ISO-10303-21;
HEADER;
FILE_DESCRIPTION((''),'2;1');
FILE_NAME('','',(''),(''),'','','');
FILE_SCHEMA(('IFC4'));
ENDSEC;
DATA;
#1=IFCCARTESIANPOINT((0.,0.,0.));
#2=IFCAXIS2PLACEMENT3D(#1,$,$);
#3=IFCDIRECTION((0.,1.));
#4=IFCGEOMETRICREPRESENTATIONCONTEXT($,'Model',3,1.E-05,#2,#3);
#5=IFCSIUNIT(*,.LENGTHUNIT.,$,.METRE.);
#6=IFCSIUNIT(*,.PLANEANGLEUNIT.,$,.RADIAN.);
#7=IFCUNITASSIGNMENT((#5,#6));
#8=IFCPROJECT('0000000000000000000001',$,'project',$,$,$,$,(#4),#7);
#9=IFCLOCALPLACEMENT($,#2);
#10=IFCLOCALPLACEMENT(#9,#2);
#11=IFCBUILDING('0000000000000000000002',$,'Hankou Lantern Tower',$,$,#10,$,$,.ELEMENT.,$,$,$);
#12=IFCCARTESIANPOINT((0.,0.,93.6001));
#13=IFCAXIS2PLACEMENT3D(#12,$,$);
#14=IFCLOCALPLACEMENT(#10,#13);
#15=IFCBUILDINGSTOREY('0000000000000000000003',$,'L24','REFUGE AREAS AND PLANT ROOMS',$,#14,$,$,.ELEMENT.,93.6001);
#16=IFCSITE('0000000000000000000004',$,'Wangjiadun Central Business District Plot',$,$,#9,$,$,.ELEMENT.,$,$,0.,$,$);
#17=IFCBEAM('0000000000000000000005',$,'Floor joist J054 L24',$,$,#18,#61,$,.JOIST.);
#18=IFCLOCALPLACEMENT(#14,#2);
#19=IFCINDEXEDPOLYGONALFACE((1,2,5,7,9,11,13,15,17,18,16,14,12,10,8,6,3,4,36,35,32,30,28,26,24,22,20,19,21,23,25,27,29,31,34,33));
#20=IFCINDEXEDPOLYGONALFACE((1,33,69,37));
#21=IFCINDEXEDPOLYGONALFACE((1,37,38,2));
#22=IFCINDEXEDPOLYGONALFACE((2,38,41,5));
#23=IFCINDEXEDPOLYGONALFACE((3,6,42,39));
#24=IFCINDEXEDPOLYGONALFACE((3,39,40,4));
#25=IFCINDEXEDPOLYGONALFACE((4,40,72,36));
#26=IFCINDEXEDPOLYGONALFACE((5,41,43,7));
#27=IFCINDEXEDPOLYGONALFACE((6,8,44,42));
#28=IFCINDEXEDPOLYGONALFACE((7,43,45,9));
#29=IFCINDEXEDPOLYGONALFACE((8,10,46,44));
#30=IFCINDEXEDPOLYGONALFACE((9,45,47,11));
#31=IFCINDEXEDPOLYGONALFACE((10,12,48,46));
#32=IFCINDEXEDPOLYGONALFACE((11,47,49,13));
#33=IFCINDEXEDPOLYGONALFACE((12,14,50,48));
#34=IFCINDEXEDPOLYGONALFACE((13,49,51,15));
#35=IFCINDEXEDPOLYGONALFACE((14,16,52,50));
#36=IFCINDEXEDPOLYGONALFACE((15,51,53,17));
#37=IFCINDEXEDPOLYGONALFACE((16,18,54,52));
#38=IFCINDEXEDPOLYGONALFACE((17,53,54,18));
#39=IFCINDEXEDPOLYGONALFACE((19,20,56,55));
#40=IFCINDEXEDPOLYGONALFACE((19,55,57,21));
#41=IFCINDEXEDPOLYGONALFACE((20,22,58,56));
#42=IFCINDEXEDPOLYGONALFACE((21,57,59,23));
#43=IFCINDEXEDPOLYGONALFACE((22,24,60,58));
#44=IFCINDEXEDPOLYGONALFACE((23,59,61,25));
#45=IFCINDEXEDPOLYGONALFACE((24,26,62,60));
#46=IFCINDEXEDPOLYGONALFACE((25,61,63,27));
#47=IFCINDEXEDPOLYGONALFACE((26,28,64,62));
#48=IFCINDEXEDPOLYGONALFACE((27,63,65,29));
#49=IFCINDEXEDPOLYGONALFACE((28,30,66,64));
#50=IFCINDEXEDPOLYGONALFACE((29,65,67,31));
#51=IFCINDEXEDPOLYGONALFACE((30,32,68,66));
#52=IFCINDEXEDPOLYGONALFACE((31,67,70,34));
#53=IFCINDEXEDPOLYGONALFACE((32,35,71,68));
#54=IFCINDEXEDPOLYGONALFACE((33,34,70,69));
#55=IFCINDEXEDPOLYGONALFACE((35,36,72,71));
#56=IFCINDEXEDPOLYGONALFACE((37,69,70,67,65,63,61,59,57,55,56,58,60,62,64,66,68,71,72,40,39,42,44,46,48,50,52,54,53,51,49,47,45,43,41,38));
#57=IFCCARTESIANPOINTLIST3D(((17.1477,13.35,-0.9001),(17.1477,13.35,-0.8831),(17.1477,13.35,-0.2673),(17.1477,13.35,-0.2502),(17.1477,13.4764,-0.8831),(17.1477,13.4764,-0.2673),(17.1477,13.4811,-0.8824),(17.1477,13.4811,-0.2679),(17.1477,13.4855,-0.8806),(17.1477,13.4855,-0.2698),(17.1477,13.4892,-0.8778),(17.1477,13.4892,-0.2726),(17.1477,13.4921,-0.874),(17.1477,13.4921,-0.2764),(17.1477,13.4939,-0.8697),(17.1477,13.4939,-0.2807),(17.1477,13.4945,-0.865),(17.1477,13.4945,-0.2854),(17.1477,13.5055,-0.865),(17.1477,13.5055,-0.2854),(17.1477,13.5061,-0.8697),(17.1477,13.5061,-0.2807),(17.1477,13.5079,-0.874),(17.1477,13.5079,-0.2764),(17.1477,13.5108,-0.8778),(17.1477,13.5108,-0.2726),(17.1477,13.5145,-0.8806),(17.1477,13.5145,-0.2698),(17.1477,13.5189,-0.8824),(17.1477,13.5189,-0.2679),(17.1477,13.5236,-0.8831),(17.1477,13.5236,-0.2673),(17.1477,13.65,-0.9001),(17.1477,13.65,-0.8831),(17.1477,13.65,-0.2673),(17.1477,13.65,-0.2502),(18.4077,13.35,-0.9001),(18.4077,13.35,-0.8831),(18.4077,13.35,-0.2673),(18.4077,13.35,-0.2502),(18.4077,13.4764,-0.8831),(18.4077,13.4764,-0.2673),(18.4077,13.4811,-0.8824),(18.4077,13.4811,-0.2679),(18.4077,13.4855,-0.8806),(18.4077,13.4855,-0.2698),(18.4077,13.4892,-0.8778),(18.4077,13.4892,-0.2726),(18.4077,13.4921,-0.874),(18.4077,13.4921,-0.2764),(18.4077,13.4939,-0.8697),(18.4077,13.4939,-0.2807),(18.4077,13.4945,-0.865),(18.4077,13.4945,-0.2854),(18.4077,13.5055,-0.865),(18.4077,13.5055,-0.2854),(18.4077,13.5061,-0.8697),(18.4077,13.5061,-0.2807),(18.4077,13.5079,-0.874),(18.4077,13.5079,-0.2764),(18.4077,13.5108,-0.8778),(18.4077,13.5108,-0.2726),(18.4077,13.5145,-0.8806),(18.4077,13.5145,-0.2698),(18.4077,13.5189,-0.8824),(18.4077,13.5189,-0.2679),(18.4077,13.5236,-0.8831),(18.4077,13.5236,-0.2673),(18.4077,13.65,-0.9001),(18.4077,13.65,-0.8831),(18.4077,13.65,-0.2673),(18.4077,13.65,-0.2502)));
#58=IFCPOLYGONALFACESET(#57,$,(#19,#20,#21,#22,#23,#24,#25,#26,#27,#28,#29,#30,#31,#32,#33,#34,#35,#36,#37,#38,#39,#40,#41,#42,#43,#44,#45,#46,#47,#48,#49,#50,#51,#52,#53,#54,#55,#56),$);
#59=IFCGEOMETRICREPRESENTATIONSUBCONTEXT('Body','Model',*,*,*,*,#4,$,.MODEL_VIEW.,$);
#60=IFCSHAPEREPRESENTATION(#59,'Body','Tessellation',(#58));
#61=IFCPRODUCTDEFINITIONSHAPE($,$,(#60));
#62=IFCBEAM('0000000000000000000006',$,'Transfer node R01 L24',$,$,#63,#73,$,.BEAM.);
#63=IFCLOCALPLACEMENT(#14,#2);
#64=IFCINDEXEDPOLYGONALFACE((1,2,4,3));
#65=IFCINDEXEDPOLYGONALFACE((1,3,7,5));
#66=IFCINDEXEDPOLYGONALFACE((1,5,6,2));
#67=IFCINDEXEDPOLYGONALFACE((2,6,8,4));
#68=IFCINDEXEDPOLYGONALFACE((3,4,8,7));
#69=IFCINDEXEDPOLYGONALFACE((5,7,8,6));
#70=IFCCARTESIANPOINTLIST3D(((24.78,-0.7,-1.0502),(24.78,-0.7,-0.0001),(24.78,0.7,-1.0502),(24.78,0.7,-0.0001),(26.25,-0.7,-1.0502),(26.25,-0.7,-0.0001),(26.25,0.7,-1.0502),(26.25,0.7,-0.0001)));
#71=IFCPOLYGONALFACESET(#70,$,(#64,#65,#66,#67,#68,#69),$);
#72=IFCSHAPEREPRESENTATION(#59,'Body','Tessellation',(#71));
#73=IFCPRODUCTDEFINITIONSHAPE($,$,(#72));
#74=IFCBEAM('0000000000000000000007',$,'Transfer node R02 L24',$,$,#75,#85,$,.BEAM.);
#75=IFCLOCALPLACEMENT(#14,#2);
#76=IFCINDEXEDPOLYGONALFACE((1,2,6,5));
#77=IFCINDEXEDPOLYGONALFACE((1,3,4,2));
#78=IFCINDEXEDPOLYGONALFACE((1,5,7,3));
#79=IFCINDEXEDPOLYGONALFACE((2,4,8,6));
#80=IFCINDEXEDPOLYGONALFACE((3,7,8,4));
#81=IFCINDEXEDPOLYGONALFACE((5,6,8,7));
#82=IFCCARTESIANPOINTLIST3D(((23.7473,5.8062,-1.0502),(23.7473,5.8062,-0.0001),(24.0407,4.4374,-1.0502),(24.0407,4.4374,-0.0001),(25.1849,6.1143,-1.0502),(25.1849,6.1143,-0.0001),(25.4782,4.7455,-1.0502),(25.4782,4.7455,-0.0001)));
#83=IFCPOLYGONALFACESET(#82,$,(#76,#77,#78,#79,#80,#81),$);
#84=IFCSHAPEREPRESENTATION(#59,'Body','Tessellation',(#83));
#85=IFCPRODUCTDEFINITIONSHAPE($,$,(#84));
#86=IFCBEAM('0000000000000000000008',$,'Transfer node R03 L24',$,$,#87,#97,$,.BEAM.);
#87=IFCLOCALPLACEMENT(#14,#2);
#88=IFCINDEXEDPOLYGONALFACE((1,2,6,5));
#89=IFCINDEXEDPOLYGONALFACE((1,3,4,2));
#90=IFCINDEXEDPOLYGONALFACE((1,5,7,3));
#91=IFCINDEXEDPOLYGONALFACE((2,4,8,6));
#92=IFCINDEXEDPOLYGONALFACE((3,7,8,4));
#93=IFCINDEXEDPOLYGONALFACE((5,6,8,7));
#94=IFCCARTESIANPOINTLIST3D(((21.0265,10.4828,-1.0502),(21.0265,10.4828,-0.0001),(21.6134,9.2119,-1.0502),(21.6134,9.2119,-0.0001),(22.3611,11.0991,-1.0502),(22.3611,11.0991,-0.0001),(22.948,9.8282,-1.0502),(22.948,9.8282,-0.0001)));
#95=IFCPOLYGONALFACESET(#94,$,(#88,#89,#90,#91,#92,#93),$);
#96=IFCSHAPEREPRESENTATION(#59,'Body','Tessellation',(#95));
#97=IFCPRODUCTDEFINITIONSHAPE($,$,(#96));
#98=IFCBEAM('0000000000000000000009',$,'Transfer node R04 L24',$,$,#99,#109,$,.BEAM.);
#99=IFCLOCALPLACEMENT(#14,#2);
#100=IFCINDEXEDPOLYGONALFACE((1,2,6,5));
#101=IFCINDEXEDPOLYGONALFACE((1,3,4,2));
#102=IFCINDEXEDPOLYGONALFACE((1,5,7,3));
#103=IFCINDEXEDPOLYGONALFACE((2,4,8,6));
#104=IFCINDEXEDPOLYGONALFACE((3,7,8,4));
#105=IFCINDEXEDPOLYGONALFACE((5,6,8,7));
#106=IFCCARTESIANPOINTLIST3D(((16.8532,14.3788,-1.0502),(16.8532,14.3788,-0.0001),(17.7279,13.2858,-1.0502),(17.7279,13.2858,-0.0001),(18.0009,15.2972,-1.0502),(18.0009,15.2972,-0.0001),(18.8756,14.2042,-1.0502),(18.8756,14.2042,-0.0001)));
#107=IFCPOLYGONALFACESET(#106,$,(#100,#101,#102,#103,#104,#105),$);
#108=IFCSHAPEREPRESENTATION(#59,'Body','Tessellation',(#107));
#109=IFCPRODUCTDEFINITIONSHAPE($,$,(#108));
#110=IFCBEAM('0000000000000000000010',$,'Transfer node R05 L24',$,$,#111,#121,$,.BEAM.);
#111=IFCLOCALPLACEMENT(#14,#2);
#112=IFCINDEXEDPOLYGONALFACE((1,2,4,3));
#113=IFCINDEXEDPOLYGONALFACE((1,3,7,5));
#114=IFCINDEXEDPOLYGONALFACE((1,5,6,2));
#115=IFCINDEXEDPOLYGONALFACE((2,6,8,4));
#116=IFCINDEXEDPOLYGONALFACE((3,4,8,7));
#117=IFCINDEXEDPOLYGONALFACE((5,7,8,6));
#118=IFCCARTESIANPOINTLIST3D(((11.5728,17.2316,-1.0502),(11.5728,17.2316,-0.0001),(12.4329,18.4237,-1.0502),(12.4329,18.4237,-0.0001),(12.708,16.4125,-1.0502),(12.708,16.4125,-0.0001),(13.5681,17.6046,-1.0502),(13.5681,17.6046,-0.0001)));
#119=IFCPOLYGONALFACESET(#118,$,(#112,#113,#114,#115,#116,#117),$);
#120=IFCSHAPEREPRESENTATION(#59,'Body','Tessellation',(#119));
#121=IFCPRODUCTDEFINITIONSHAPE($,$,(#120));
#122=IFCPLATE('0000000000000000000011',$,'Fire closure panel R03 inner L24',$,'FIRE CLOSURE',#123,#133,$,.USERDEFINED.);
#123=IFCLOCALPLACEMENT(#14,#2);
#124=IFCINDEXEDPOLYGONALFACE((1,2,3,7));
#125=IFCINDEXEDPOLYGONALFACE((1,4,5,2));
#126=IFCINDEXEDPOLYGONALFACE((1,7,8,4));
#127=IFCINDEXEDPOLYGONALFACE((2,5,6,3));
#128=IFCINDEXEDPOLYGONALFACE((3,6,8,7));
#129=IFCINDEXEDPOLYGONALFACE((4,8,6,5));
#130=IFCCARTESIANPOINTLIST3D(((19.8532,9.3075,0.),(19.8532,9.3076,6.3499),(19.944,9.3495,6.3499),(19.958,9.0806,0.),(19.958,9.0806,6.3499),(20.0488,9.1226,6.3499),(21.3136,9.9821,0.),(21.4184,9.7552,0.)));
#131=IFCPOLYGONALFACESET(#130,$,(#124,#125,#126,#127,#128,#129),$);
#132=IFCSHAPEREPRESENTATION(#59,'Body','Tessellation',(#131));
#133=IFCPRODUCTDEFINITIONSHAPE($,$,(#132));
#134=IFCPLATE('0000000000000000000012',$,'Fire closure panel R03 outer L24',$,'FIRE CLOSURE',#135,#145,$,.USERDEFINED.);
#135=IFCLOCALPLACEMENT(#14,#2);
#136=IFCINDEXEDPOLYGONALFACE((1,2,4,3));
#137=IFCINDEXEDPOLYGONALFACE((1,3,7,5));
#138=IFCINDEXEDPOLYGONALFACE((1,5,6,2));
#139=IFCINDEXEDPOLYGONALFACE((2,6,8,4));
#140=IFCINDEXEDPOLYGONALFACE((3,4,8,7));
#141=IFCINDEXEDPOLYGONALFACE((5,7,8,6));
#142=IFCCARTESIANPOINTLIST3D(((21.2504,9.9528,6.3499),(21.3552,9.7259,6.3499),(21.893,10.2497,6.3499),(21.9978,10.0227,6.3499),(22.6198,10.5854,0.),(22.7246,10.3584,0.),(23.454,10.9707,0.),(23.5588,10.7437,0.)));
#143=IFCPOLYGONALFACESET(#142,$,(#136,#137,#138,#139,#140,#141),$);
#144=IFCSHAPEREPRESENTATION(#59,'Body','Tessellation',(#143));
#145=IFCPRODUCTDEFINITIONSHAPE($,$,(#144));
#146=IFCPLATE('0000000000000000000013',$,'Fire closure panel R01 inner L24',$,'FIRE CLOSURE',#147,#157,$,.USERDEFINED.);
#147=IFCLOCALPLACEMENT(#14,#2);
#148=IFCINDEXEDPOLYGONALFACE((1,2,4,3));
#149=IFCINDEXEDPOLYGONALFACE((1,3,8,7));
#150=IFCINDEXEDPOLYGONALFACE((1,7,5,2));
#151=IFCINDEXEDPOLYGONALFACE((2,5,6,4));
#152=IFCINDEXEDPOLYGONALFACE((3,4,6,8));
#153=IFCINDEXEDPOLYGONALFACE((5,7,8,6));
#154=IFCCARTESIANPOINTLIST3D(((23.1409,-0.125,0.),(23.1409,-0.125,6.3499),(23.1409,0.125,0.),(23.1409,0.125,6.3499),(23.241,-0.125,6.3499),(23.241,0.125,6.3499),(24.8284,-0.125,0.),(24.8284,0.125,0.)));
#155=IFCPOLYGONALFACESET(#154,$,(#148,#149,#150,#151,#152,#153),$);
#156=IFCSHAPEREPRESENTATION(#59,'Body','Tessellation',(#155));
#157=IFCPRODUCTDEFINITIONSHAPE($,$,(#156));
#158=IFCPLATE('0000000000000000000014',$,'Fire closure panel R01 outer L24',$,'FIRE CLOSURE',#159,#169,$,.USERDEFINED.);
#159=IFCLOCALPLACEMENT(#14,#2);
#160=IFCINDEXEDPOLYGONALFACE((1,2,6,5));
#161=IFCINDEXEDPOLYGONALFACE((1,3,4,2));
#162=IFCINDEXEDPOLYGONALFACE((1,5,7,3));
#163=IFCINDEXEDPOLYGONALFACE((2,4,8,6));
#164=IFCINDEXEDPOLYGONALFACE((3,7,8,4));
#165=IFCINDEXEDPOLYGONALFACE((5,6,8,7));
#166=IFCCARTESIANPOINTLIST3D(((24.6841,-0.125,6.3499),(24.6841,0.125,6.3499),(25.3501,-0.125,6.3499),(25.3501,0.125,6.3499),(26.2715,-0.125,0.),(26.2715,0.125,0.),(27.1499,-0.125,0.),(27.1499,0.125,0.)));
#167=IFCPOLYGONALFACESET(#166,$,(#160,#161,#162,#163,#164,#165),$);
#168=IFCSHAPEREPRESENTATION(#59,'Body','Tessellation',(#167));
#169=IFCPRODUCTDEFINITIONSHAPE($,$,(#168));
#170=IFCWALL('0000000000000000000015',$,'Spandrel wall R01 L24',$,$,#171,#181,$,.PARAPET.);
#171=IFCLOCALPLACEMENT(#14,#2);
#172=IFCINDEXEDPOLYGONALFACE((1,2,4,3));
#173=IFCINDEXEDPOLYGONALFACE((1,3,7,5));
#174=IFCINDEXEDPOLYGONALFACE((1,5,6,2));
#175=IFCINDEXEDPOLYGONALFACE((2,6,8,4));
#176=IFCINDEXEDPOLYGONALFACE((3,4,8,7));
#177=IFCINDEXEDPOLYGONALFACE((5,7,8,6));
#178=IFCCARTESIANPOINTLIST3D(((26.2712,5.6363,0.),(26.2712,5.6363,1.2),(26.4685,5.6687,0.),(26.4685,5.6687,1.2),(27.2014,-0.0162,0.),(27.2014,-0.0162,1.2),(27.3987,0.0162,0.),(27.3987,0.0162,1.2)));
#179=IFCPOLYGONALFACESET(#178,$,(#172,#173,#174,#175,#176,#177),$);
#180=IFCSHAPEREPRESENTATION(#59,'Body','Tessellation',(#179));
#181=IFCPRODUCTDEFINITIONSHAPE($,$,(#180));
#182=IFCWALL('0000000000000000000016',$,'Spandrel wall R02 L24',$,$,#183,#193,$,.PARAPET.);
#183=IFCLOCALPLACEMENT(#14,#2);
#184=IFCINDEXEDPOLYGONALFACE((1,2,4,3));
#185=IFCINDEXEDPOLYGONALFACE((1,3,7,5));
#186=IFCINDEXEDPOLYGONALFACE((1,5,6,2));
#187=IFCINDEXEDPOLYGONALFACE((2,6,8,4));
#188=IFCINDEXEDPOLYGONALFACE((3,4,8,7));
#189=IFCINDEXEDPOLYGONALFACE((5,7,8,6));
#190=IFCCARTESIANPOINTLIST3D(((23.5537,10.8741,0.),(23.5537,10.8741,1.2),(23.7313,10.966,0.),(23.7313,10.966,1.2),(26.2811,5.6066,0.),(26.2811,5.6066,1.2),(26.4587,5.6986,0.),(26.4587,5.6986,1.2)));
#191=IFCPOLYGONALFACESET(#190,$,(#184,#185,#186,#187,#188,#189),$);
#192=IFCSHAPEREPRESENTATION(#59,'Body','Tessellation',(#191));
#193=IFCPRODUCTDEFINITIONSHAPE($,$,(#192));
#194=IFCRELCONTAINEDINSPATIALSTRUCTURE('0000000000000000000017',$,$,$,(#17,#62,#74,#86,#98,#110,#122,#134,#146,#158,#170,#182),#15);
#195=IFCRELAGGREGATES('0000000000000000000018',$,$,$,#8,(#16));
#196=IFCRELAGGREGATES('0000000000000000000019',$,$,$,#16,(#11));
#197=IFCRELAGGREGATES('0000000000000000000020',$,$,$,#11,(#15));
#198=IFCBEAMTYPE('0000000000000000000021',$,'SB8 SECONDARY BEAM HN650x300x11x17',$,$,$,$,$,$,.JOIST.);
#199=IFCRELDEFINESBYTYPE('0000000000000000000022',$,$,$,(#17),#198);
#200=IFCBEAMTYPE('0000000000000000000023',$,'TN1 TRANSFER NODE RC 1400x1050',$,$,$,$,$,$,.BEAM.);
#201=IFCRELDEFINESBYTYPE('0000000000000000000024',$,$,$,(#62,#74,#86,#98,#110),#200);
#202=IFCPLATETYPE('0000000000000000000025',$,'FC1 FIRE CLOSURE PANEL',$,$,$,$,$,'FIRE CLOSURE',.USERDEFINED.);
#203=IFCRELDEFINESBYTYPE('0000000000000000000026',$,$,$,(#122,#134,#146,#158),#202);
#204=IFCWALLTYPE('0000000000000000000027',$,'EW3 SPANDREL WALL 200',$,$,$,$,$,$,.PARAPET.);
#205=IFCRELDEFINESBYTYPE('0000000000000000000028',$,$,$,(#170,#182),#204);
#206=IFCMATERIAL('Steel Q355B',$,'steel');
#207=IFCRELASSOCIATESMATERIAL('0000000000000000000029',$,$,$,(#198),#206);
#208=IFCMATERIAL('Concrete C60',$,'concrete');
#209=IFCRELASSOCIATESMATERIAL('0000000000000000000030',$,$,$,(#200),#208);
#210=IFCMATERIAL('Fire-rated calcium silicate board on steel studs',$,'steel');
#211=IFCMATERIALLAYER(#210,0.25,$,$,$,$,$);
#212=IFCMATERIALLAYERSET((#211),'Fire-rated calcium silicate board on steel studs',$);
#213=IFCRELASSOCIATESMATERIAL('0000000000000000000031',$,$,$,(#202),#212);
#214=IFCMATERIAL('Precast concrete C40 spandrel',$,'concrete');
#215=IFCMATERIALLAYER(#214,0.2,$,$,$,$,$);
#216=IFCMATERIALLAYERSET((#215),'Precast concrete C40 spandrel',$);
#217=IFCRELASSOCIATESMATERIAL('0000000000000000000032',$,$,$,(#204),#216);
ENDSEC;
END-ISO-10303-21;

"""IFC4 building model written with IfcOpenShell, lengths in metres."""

from ifc_helpers import new_model, si_unit, direction, frame, frame_2d, origin, origin_2d, place, context, subcontext, project, spatial, polyline, rectangle, i_section, outline, extrude, material, layer, layer_set, material_profile, profile_set, type_object, element, save


model = new_model("IFC4")

# Units and contexts
model_context = context("Model", 3, precision=1e-05, world=origin(), true_north=direction((0.0, 1.0)))
body_context = subcontext(model_context, "Body", "Model", "MODEL_VIEW")
ifc_project = project(units=[si_unit("LENGTHUNIT", "METRE"), si_unit("PLANEANGLEUNIT", "RADIAN")], contexts=[model_context])

# Site, building, storey
site_placement = place(None, origin())
site = spatial("IfcSite", under=ifc_project, at=site_placement, Name="Wangjiadun Central Business District Plot", CompositionType="ELEMENT", RefElevation=0.0)
building_placement = place(site_placement, origin())
building = spatial("IfcBuilding", under=site, at=building_placement, Name="Hankou Lantern Tower", CompositionType="ELEMENT")
storey_placement = place(building_placement, frame((0.0, 0.0, 93.6001)))
storey = spatial("IfcBuildingStorey", under=building, at=storey_placement, Name="L24", Description="REFUGE AREAS AND PLANT ROOMS", CompositionType="ELEMENT", Elevation=93.6001)

# Beams
ifc_material_1 = material(Name="Steel Q355B", Category="steel")
ifc_material_profile_1 = material_profile(ifc_material_1, i_section(OverallWidth=0.3, OverallDepth=0.6499, WebThickness=0.011, FlangeThickness=0.0171, FilletRadius=0.0181, at=origin_2d()), Name="HN650x300x11x17")
ifc_profile_set_1 = profile_set([ifc_material_profile_1], Name="Steel Q355B")
beam_type_1 = type_object("IfcBeamType", Name="SB8 SECONDARY BEAM HN650x300x11x17", PredefinedType="JOIST", material=ifc_profile_set_1)
beam_1_placement = place(storey_placement, frame((17.1477, 13.5, -0.5752), z_axis=(1.0, 0.0, 0.0), x_axis=(0.0, 1.0, 0.0)))
element("IfcBeam", 1, at=beam_1_placement, inside=storey, type_object=beam_type_1, Name="Floor joist J054 L24", PredefinedType="JOIST", context=body_context, shape_type="SweptSolid", body=[
    extrude(i_section(OverallWidth=0.3, OverallDepth=0.6499, WebThickness=0.011, FlangeThickness=0.0171, FilletRadius=0.0181, at=origin_2d()), origin(), (0.0, 0.0, 1.0), 1.26),
])
ifc_material_2 = material(Name="Concrete C60", Category="concrete")
ifc_material_profile_2 = material_profile(ifc_material_2, rectangle(XDim=1.3999, YDim=1.05, at=origin_2d()), Name="RC 1400x1050")
ifc_profile_set_2 = profile_set([ifc_material_profile_2], Name="Concrete C60")
beam_type_2 = type_object("IfcBeamType", Name="TN1 TRANSFER NODE RC 1400x1050", PredefinedType="BEAM", material=ifc_profile_set_2)
beam_2_placement = place(storey_placement, frame((26.25, 0.0, -0.5251), z_axis=(-1.0, 0.0, 0.0), x_axis=(0.0, -1.0, 0.0)))
element("IfcBeam", 2, at=beam_2_placement, inside=storey, type_object=beam_type_2, Name="Transfer node R01 L24", PredefinedType="BEAM", context=body_context, shape_type="SweptSolid", body=[
    extrude(rectangle(XDim=1.3999, YDim=1.05, at=origin_2d()), origin(), (0.0, 0.0, 1.0), 1.47),
])
beam_3_placement = place(storey_placement, frame((25.3315, 5.4299, -0.5251), z_axis=(-0.977793, -0.209574, 0.0), x_axis=(0.209574, -0.977793, 0.0)))
element("IfcBeam", 3, at=beam_3_placement, inside=storey, type_object=beam_type_2, Name="Transfer node R02 L24", PredefinedType="BEAM", context=body_context, shape_type="SweptSolid", body=[
    extrude(rectangle(XDim=1.3999, YDim=1.05, at=origin_2d()), origin(), (0.0, 0.0, 1.0), 1.4702),
])
for number, where, z_axis, x_axis, name in (
    (4, (22.6545, 10.4636, -0.5251), (-0.907882, -0.419227, 0.0), (0.419227, -0.907882, 0.0), "Transfer node R03 L24"),
    (5, (18.4382, 14.7507, -0.5251), (-0.780772, -0.624817, 0.0), (0.624817, -0.780772, 0.0), "Transfer node R04 L24"),
    (6, (13.0005, 18.0142, -0.5251), (-0.585096, -0.810964, 0.0), (0.810964, -0.585096, 0.0), "Transfer node R05 L24"),
):
    element("IfcBeam", number, at=place(storey_placement, frame(where, z_axis=z_axis, x_axis=x_axis)), inside=storey, type_object=beam_type_2, Name=name, PredefinedType="BEAM", context=body_context, shape_type="SweptSolid", body=[
        extrude(rectangle(XDim=1.3999, YDim=1.05, at=origin_2d()), origin(), (0.0, 0.0, 1.0), 1.47),
    ])

# Plates
ifc_material_3 = material(Name="Fire-rated calcium silicate board on steel studs", Category="steel")
ifc_layer_1 = layer(ifc_material_3, 0.25)
ifc_layer_set_1 = layer_set([ifc_layer_1], Name="Fire-rated calcium silicate board on steel studs")
plate_type = type_object("IfcPlateType", Name="FC1 FIRE CLOSURE PANEL", ElementType="FIRE CLOSURE", PredefinedType="USERDEFINED", material=ifc_layer_set_1)
plate_1_placement = place(storey_placement, frame((19.958, 9.0806, 0.0), z_axis=(0.419339, -0.90783, 0.000006), x_axis=(0.90783, 0.419339, 0.0)))
element("IfcPlate", 7, at=plate_1_placement, inside=storey, type_object=plate_type, Name="Fire closure panel R03 inner L24", ObjectType="FIRE CLOSURE", PredefinedType="USERDEFINED", context=body_context, shape_type="SweptSolid", body=[
    extrude(outline(polyline([(0.0, 0.0), (1.6087, 0.0), (0.1001, 6.3499), (0.0, 6.3499), (0.0, 0.0)])), origin(), (0.0, 0.0, -1.0), 0.25),
])
plate_2_placement = place(storey_placement, frame((22.7246, 10.3584, 0.0), z_axis=(0.419325, -0.907836, 0.000002), x_axis=(0.907836, 0.419325, 0.0)))
element("IfcPlate", 8, at=plate_2_placement, inside=storey, type_object=plate_type, Name="Fire closure panel R03 outer L24", ObjectType="FIRE CLOSURE", PredefinedType="USERDEFINED", context=body_context, shape_type="SweptSolid", body=[
    extrude(outline(polyline([(0.0, 0.0), (0.9189, 0.0), (-0.8006, 6.3499), (-1.5084, 6.3499), (0.0, 0.0)])), origin(), (0.0, 0.0, -1.0), 0.25),
])
plate_3_placement = place(storey_placement, frame((23.1409, 0.125, 0.0), z_axis=(0.0, 1.0, 0.0), x_axis=(1.0, 0.0, 0.0)))
element("IfcPlate", 9, at=plate_3_placement, inside=storey, type_object=plate_type, Name="Fire closure panel R01 inner L24", ObjectType="FIRE CLOSURE", PredefinedType="USERDEFINED", context=body_context, shape_type="SweptSolid", body=[
    extrude(outline(polyline([(0.0, 0.0), (1.6875, 0.0), (0.1001, -6.3499), (0.0, -6.3499), (0.0, 0.0)])), origin(), (0.0, 0.0, -1.0), 0.25),
])
plate_4_placement = place(storey_placement, frame((26.2715, 0.125, 0.0), z_axis=(0.0, 1.0, 0.0), x_axis=(1.0, 0.0, 0.0)))
element("IfcPlate", 10, at=plate_4_placement, inside=storey, type_object=plate_type, Name="Fire closure panel R01 outer L24", ObjectType="FIRE CLOSURE", PredefinedType="USERDEFINED", context=body_context, shape_type="SweptSolid", body=[
    extrude(outline(polyline([(0.0, 0.0), (0.8784, 0.0), (-0.9214, -6.3499), (-1.5874, -6.3499), (0.0, 0.0)])), origin(), (0.0, 0.0, -1.0), 0.25),
])

# Walls
ifc_material_4 = material(Name="Precast concrete C40 spandrel", Category="concrete")
ifc_layer_2 = layer(ifc_material_4, 0.2)
ifc_layer_set_2 = layer_set([ifc_layer_2], Name="Precast concrete C40 spandrel")
wall_type_1 = type_object("IfcWallType", Name="EW3 SPANDREL WALL 200", PredefinedType="PARAPET", material=ifc_layer_set_2)
wall_1_placement = place(storey_placement, frame((27.3, 0.0, 0.0), z_axis=(0.0, 0.0, 1.0), x_axis=(-0.162374, 0.986729, 0.0)))
element("IfcWall", 11, at=wall_1_placement, inside=storey, type_object=wall_type_1, Name="Spandrel wall R01 L24", PredefinedType="PARAPET", context=body_context, shape_type="SweptSolid", body=[
    extrude(rectangle(XDim=5.7285, YDim=0.2, at=frame_2d((2.8643, 0.0))), origin(), (0.0, 0.0, 1.0), 1.2),
])
wall_2_placement = place(storey_placement, frame((26.3699, 5.6526, 0.0), z_axis=(0.0, 0.0, 1.0), x_axis=(-0.459797, 0.888024, 0.0)))
element("IfcWall", 12, at=wall_2_placement, inside=storey, type_object=wall_type_1, Name="Spandrel wall R02 L24", PredefinedType="PARAPET", context=body_context, shape_type="SweptSolid", body=[
    extrude(rectangle(XDim=5.9316, YDim=0.2, at=frame_2d((2.9658, 0.0))), origin(), (0.0, 0.0, 1.0), 1.2),
])

save(model, "model.ifc")
